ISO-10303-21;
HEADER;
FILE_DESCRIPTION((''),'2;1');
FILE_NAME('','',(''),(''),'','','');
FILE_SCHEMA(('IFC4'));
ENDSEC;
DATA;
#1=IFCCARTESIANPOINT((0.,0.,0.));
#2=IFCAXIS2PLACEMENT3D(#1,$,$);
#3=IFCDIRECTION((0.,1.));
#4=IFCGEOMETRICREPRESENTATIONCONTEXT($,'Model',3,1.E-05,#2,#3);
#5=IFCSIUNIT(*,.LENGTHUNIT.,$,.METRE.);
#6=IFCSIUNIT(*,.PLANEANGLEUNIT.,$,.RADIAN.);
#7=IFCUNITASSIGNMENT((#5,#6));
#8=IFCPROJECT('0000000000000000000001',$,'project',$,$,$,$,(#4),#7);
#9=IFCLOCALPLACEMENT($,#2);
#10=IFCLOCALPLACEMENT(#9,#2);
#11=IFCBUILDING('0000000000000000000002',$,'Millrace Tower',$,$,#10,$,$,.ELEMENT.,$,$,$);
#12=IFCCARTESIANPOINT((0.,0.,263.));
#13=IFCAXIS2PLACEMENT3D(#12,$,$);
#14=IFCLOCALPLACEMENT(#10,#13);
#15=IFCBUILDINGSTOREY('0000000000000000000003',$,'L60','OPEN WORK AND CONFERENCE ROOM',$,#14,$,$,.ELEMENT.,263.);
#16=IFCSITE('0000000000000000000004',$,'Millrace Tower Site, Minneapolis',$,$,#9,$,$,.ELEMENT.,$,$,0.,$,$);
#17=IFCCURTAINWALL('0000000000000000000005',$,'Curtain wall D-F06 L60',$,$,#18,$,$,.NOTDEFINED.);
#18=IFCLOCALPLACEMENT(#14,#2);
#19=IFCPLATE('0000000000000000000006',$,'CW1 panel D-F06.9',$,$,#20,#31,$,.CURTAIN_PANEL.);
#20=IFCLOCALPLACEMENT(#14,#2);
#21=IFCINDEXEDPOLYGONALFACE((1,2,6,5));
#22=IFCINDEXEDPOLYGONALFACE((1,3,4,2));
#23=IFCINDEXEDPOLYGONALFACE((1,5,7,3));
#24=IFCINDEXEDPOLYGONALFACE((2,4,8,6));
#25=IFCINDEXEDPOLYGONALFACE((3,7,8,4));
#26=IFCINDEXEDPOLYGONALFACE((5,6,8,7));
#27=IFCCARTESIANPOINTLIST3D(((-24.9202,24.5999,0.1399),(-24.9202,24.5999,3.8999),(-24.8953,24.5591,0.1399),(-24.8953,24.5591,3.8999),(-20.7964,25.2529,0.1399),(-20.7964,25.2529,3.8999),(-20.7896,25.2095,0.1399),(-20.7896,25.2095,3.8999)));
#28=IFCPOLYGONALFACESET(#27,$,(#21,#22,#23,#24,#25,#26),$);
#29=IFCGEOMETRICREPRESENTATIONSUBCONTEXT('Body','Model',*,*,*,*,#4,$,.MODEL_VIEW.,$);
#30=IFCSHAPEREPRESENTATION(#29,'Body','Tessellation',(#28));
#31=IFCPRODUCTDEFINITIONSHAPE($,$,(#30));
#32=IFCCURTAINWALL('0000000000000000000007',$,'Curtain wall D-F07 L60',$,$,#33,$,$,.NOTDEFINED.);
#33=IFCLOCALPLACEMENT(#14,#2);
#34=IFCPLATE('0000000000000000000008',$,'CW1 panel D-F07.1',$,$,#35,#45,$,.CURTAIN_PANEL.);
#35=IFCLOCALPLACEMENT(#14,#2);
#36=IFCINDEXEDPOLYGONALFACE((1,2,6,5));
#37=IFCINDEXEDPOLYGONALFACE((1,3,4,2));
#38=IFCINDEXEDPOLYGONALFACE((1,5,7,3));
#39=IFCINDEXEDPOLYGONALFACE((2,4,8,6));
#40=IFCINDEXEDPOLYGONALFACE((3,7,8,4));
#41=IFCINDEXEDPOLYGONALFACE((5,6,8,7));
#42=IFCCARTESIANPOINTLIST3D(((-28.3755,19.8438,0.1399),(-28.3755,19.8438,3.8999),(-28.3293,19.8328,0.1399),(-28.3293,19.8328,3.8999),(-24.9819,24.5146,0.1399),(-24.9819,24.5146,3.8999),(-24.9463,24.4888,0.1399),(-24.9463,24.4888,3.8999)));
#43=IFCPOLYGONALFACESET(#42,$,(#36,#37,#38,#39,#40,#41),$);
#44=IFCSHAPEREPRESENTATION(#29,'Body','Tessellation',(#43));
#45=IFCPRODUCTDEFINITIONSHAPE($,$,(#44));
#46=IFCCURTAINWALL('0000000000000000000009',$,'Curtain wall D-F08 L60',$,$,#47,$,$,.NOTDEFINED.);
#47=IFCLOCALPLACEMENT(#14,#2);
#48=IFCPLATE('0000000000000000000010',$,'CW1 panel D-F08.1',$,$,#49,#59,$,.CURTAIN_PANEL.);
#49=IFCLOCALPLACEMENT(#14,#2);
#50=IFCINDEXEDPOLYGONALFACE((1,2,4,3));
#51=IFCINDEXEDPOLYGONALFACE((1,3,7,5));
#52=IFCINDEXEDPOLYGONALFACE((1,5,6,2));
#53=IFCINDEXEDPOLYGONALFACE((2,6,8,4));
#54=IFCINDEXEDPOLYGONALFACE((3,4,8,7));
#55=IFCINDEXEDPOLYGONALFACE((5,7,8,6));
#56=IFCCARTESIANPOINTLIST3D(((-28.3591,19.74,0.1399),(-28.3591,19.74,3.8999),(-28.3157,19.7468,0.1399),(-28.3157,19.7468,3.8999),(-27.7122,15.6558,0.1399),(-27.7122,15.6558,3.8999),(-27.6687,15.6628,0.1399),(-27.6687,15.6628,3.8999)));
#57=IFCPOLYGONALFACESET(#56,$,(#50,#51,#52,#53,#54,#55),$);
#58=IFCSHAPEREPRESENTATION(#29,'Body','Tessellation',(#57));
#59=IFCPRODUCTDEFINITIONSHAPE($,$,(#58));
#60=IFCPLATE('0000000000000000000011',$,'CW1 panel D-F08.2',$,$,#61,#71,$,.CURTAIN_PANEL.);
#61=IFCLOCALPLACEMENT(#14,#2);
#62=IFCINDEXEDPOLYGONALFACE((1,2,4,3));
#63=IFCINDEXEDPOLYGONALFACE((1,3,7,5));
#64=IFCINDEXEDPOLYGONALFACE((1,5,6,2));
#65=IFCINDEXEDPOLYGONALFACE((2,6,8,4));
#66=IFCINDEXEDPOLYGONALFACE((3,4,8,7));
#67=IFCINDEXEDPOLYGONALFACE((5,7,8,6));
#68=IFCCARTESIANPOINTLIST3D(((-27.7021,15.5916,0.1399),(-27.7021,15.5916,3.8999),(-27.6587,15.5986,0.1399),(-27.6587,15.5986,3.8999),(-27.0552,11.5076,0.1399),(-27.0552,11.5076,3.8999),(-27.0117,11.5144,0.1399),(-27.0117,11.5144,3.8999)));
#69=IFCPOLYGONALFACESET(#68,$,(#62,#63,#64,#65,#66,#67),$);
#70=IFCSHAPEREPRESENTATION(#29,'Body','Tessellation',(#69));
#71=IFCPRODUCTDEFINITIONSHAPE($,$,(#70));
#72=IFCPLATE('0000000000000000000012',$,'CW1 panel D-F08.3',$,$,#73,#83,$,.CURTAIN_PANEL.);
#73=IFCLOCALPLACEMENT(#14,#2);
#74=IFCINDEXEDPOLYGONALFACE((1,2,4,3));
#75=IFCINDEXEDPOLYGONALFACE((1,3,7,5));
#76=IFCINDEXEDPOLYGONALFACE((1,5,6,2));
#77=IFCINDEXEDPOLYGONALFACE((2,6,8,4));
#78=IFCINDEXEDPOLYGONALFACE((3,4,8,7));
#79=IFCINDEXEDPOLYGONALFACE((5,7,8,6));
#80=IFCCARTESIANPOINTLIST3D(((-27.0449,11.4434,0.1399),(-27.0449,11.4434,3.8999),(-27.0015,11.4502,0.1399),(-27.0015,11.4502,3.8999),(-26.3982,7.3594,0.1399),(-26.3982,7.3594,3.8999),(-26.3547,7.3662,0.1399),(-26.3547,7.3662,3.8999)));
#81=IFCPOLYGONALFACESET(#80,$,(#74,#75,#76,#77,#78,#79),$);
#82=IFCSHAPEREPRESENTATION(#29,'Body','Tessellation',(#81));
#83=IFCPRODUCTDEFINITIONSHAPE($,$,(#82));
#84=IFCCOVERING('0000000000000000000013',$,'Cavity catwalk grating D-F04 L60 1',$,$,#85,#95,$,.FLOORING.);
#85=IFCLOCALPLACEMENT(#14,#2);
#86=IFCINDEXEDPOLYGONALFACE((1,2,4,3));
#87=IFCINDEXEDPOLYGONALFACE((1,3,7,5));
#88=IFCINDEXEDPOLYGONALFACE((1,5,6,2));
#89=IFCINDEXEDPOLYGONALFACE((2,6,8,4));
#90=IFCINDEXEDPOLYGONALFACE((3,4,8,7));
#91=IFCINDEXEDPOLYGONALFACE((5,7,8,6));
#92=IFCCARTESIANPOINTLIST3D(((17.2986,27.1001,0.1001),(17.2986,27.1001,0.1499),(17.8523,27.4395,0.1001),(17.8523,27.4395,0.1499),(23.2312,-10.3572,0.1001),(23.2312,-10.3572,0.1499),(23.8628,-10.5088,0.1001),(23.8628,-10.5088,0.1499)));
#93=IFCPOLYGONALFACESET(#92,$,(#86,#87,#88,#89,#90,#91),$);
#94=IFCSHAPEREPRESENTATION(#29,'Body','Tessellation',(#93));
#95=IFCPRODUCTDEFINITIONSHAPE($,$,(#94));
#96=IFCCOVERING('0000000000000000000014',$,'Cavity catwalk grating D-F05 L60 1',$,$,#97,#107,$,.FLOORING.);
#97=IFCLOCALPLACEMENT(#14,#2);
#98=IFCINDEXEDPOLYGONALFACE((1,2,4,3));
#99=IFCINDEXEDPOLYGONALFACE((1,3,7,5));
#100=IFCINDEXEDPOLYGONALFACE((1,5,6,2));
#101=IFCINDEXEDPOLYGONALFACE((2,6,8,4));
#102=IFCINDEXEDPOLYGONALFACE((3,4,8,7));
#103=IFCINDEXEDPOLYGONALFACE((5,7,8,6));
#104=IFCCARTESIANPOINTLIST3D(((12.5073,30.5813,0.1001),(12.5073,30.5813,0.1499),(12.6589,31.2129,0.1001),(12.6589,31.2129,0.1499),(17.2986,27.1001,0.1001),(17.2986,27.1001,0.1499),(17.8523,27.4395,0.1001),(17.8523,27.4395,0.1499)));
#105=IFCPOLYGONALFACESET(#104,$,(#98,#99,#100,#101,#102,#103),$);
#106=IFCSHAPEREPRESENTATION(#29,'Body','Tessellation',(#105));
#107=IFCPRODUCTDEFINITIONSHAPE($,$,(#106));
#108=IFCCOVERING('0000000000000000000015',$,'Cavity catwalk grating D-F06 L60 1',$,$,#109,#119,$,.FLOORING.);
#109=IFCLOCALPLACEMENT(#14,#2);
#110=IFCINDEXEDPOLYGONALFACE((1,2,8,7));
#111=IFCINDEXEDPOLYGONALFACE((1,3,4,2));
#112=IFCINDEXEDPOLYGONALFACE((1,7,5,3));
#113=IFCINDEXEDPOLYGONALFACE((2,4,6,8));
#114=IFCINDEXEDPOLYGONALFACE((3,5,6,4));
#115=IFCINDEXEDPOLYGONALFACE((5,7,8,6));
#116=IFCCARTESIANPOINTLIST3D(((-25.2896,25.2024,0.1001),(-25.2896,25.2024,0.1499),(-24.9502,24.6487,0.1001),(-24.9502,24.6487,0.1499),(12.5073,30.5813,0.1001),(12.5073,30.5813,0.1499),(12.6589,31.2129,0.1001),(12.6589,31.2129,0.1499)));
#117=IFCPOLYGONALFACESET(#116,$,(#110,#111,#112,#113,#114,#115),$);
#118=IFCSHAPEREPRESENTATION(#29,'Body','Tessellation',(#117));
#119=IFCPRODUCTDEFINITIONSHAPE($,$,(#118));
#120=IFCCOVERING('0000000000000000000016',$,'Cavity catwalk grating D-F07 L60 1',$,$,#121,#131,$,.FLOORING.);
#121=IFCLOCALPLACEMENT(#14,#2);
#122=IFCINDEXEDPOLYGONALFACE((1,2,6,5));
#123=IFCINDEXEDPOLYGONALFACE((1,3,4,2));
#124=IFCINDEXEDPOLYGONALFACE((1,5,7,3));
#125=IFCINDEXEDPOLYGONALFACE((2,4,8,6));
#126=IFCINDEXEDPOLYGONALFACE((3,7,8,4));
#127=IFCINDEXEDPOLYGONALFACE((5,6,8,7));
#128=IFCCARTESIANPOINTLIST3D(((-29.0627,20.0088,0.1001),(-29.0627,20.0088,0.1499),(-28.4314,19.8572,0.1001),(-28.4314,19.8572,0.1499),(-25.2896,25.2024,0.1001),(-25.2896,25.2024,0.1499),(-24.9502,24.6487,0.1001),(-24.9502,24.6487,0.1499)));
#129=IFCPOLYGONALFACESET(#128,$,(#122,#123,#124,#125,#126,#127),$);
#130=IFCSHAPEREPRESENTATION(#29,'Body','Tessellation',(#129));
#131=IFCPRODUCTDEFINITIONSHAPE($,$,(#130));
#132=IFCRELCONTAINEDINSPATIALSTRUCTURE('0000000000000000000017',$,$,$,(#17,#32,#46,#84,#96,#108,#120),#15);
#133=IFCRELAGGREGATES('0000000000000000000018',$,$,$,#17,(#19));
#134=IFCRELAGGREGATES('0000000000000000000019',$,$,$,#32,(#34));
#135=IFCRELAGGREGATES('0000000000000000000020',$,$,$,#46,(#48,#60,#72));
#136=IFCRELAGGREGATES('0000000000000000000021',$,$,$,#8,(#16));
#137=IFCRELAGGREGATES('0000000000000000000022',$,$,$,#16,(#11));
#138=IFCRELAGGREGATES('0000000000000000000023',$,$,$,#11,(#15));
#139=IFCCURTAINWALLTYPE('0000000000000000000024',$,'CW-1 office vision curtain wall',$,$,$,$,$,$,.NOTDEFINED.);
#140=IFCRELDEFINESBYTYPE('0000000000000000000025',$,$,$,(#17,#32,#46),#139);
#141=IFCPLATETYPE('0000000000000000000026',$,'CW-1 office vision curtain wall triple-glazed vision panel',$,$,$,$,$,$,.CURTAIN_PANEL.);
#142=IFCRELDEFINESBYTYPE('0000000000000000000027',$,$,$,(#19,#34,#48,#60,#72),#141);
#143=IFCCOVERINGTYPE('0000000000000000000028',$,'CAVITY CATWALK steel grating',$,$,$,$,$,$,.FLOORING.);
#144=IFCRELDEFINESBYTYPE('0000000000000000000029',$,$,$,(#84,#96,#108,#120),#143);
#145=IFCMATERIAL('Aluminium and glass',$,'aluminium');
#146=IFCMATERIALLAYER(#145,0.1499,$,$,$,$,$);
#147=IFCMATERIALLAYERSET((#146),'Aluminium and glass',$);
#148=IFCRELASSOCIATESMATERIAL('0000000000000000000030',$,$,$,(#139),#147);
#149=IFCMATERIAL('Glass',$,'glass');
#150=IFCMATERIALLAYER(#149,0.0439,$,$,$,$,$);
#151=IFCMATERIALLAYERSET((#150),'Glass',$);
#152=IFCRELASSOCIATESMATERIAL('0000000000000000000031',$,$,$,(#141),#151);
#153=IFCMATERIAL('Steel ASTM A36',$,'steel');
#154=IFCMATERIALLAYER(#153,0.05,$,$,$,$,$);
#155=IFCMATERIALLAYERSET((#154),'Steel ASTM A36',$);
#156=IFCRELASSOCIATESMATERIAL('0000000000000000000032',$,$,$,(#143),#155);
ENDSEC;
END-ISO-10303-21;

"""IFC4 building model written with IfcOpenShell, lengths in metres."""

from ifc_helpers import new_model, si_unit, direction, frame, origin, place, context, subcontext, project, spatial, polyline, outline, extrude, material, layer, layer_set, type_object, element, aggregate, save


model = new_model("IFC4")

# Units and contexts
model_context = context("Model", 3, precision=1e-05, world=origin(), true_north=direction((0.0, 1.0)))
body_context = subcontext(model_context, "Body", "Model", "MODEL_VIEW")
ifc_project = project(units=[si_unit("LENGTHUNIT", "METRE"), si_unit("PLANEANGLEUNIT", "RADIAN")], contexts=[model_context])

# Site, building, storey
site_placement = place(None, origin())
site = spatial("IfcSite", under=ifc_project, at=site_placement, Name="Millrace Tower Site, Minneapolis", CompositionType="ELEMENT", RefElevation=0.0)
building_placement = place(site_placement, origin())
building = spatial("IfcBuilding", under=site, at=building_placement, Name="Millrace Tower", CompositionType="ELEMENT")
storey_placement = place(building_placement, frame((0.0, 0.0, 263.0)))
storey = spatial("IfcBuildingStorey", under=building, at=storey_placement, Name="L60", Description="OPEN WORK AND CONFERENCE ROOM", CompositionType="ELEMENT", Elevation=263.0)

# Shared definitions
ifc_material_1 = material(Name="Aluminium and glass", Category="aluminium")
ifc_layer_1 = layer(ifc_material_1, 0.1499)
ifc_layer_set_1 = layer_set([ifc_layer_1], Name="Aluminium and glass")
curtain_wall_type = type_object("IfcCurtainWallType", Name="CW-1 office vision curtain wall", PredefinedType="NOTDEFINED", material=ifc_layer_set_1)
placement_1 = place(storey_placement, origin())
ifc_material_2 = material(Name="Glass", Category="glass")
ifc_layer_2 = layer(ifc_material_2, 0.0439)
ifc_layer_set_2 = layer_set([ifc_layer_2], Name="Glass")
plate_type = type_object("IfcPlateType", Name="CW-1 office vision curtain wall triple-glazed vision panel", PredefinedType="CURTAIN_PANEL", material=ifc_layer_set_2)
placement_2 = place(storey_placement, frame((0.0, 0.0, 0.1399)))

# Curtain wall, plate
curtain_wall_1 = element("IfcCurtainWall", 1, at=placement_1, inside=storey, type_object=curtain_wall_type, Name="Curtain wall D-F06 L60", PredefinedType="NOTDEFINED")
plate_1 = element("IfcPlate", 2, at=placement_2, type_object=plate_type, Name="CW1 panel D-F06.9", PredefinedType="CURTAIN_PANEL", context=body_context, shape_type="SweptSolid", body=[
    extrude(outline(polyline([(-20.7964, 25.2529), (-24.9202, 24.5999), (-24.8953, 24.5591), (-20.7896, 25.2095), (-20.7964, 25.2529)])), origin(), (0.0, 0.0, 1.0), 3.76),
])
aggregate(curtain_wall_1, [plate_1])

# Curtain wall, plate
curtain_wall_2 = element("IfcCurtainWall", 3, at=placement_1, inside=storey, type_object=curtain_wall_type, Name="Curtain wall D-F07 L60", PredefinedType="NOTDEFINED")
plate_2 = element("IfcPlate", 4, at=placement_2, type_object=plate_type, Name="CW1 panel D-F07.1", PredefinedType="CURTAIN_PANEL", context=body_context, shape_type="SweptSolid", body=[
    extrude(outline(polyline([(-24.9819, 24.5146), (-28.3755, 19.8438), (-28.3293, 19.8328), (-24.9463, 24.4888), (-24.9819, 24.5146)])), origin(), (0.0, 0.0, 1.0), 3.76),
])
aggregate(curtain_wall_2, [plate_2])

# Curtain wall, plates
curtain_wall_3 = element("IfcCurtainWall", 5, at=placement_1, inside=storey, type_object=curtain_wall_type, Name="Curtain wall D-F08 L60", PredefinedType="NOTDEFINED")
plate_3 = element("IfcPlate", 6, at=placement_2, type_object=plate_type, Name="CW1 panel D-F08.1", PredefinedType="CURTAIN_PANEL", context=body_context, shape_type="SweptSolid", body=[
    extrude(outline(polyline([(-28.3591, 19.74), (-27.7122, 15.6558), (-27.6687, 15.6628), (-28.3157, 19.7468), (-28.3591, 19.74)])), origin(), (0.0, 0.0, 1.0), 3.76),
])
plate_4 = element("IfcPlate", 7, at=placement_2, type_object=plate_type, Name="CW1 panel D-F08.2", PredefinedType="CURTAIN_PANEL", context=body_context, shape_type="SweptSolid", body=[
    extrude(outline(polyline([(-27.7021, 15.5916), (-27.0552, 11.5076), (-27.0117, 11.5144), (-27.6587, 15.5986), (-27.7021, 15.5916)])), origin(), (0.0, 0.0, 1.0), 3.76),
])
plate_5 = element("IfcPlate", 8, at=placement_2, type_object=plate_type, Name="CW1 panel D-F08.3", PredefinedType="CURTAIN_PANEL", context=body_context, shape_type="SweptSolid", body=[
    extrude(outline(polyline([(-27.0449, 11.4434), (-26.3982, 7.3594), (-26.3547, 7.3662), (-27.0015, 11.4502), (-27.0449, 11.4434)])), origin(), (0.0, 0.0, 1.0), 3.76),
])
aggregate(curtain_wall_3, [plate_3, plate_4, plate_5])

# Coverings
ifc_material_3 = material(Name="Steel ASTM A36", Category="steel")
ifc_layer_3 = layer(ifc_material_3, 0.05)
ifc_layer_set_3 = layer_set([ifc_layer_3], Name="Steel ASTM A36")
covering_type = type_object("IfcCoveringType", Name="CAVITY CATWALK steel grating", PredefinedType="FLOORING", material=ifc_layer_set_3)
placement_3 = place(storey_placement, frame((0.0, 0.0, 0.1001)))
element("IfcCovering", 9, at=placement_3, inside=storey, type_object=covering_type, Name="Cavity catwalk grating D-F04 L60 1", PredefinedType="FLOORING", context=body_context, shape_type="SweptSolid", body=[
    extrude(outline(polyline([(23.8628, -10.5088), (17.8523, 27.4395), (17.2986, 27.1001), (23.2312, -10.3572), (23.8628, -10.5088)])), origin(), (0.0, 0.0, 1.0), 0.0498),
])
element("IfcCovering", 10, at=placement_3, inside=storey, type_object=covering_type, Name="Cavity catwalk grating D-F05 L60 1", PredefinedType="FLOORING", context=body_context, shape_type="SweptSolid", body=[
    extrude(outline(polyline([(17.8523, 27.4395), (12.6589, 31.2129), (12.5073, 30.5813), (17.2986, 27.1001), (17.8523, 27.4395)])), origin(), (0.0, 0.0, 1.0), 0.0498),
])
element("IfcCovering", 11, at=placement_3, inside=storey, type_object=covering_type, Name="Cavity catwalk grating D-F06 L60 1", PredefinedType="FLOORING", context=body_context, shape_type="SweptSolid", body=[
    extrude(outline(polyline([(12.6589, 31.2129), (-25.2896, 25.2024), (-24.9502, 24.6487), (12.5073, 30.5813), (12.6589, 31.2129)])), origin(), (0.0, 0.0, 1.0), 0.0498),
])
element("IfcCovering", 12, at=placement_3, inside=storey, type_object=covering_type, Name="Cavity catwalk grating D-F07 L60 1", PredefinedType="FLOORING", context=body_context, shape_type="SweptSolid", body=[
    extrude(outline(polyline([(-25.2896, 25.2024), (-29.0627, 20.0088), (-28.4314, 19.8572), (-24.9502, 24.6487), (-25.2896, 25.2024)])), origin(), (0.0, 0.0, 1.0), 0.0498),
])

save(model, "model.ifc")
